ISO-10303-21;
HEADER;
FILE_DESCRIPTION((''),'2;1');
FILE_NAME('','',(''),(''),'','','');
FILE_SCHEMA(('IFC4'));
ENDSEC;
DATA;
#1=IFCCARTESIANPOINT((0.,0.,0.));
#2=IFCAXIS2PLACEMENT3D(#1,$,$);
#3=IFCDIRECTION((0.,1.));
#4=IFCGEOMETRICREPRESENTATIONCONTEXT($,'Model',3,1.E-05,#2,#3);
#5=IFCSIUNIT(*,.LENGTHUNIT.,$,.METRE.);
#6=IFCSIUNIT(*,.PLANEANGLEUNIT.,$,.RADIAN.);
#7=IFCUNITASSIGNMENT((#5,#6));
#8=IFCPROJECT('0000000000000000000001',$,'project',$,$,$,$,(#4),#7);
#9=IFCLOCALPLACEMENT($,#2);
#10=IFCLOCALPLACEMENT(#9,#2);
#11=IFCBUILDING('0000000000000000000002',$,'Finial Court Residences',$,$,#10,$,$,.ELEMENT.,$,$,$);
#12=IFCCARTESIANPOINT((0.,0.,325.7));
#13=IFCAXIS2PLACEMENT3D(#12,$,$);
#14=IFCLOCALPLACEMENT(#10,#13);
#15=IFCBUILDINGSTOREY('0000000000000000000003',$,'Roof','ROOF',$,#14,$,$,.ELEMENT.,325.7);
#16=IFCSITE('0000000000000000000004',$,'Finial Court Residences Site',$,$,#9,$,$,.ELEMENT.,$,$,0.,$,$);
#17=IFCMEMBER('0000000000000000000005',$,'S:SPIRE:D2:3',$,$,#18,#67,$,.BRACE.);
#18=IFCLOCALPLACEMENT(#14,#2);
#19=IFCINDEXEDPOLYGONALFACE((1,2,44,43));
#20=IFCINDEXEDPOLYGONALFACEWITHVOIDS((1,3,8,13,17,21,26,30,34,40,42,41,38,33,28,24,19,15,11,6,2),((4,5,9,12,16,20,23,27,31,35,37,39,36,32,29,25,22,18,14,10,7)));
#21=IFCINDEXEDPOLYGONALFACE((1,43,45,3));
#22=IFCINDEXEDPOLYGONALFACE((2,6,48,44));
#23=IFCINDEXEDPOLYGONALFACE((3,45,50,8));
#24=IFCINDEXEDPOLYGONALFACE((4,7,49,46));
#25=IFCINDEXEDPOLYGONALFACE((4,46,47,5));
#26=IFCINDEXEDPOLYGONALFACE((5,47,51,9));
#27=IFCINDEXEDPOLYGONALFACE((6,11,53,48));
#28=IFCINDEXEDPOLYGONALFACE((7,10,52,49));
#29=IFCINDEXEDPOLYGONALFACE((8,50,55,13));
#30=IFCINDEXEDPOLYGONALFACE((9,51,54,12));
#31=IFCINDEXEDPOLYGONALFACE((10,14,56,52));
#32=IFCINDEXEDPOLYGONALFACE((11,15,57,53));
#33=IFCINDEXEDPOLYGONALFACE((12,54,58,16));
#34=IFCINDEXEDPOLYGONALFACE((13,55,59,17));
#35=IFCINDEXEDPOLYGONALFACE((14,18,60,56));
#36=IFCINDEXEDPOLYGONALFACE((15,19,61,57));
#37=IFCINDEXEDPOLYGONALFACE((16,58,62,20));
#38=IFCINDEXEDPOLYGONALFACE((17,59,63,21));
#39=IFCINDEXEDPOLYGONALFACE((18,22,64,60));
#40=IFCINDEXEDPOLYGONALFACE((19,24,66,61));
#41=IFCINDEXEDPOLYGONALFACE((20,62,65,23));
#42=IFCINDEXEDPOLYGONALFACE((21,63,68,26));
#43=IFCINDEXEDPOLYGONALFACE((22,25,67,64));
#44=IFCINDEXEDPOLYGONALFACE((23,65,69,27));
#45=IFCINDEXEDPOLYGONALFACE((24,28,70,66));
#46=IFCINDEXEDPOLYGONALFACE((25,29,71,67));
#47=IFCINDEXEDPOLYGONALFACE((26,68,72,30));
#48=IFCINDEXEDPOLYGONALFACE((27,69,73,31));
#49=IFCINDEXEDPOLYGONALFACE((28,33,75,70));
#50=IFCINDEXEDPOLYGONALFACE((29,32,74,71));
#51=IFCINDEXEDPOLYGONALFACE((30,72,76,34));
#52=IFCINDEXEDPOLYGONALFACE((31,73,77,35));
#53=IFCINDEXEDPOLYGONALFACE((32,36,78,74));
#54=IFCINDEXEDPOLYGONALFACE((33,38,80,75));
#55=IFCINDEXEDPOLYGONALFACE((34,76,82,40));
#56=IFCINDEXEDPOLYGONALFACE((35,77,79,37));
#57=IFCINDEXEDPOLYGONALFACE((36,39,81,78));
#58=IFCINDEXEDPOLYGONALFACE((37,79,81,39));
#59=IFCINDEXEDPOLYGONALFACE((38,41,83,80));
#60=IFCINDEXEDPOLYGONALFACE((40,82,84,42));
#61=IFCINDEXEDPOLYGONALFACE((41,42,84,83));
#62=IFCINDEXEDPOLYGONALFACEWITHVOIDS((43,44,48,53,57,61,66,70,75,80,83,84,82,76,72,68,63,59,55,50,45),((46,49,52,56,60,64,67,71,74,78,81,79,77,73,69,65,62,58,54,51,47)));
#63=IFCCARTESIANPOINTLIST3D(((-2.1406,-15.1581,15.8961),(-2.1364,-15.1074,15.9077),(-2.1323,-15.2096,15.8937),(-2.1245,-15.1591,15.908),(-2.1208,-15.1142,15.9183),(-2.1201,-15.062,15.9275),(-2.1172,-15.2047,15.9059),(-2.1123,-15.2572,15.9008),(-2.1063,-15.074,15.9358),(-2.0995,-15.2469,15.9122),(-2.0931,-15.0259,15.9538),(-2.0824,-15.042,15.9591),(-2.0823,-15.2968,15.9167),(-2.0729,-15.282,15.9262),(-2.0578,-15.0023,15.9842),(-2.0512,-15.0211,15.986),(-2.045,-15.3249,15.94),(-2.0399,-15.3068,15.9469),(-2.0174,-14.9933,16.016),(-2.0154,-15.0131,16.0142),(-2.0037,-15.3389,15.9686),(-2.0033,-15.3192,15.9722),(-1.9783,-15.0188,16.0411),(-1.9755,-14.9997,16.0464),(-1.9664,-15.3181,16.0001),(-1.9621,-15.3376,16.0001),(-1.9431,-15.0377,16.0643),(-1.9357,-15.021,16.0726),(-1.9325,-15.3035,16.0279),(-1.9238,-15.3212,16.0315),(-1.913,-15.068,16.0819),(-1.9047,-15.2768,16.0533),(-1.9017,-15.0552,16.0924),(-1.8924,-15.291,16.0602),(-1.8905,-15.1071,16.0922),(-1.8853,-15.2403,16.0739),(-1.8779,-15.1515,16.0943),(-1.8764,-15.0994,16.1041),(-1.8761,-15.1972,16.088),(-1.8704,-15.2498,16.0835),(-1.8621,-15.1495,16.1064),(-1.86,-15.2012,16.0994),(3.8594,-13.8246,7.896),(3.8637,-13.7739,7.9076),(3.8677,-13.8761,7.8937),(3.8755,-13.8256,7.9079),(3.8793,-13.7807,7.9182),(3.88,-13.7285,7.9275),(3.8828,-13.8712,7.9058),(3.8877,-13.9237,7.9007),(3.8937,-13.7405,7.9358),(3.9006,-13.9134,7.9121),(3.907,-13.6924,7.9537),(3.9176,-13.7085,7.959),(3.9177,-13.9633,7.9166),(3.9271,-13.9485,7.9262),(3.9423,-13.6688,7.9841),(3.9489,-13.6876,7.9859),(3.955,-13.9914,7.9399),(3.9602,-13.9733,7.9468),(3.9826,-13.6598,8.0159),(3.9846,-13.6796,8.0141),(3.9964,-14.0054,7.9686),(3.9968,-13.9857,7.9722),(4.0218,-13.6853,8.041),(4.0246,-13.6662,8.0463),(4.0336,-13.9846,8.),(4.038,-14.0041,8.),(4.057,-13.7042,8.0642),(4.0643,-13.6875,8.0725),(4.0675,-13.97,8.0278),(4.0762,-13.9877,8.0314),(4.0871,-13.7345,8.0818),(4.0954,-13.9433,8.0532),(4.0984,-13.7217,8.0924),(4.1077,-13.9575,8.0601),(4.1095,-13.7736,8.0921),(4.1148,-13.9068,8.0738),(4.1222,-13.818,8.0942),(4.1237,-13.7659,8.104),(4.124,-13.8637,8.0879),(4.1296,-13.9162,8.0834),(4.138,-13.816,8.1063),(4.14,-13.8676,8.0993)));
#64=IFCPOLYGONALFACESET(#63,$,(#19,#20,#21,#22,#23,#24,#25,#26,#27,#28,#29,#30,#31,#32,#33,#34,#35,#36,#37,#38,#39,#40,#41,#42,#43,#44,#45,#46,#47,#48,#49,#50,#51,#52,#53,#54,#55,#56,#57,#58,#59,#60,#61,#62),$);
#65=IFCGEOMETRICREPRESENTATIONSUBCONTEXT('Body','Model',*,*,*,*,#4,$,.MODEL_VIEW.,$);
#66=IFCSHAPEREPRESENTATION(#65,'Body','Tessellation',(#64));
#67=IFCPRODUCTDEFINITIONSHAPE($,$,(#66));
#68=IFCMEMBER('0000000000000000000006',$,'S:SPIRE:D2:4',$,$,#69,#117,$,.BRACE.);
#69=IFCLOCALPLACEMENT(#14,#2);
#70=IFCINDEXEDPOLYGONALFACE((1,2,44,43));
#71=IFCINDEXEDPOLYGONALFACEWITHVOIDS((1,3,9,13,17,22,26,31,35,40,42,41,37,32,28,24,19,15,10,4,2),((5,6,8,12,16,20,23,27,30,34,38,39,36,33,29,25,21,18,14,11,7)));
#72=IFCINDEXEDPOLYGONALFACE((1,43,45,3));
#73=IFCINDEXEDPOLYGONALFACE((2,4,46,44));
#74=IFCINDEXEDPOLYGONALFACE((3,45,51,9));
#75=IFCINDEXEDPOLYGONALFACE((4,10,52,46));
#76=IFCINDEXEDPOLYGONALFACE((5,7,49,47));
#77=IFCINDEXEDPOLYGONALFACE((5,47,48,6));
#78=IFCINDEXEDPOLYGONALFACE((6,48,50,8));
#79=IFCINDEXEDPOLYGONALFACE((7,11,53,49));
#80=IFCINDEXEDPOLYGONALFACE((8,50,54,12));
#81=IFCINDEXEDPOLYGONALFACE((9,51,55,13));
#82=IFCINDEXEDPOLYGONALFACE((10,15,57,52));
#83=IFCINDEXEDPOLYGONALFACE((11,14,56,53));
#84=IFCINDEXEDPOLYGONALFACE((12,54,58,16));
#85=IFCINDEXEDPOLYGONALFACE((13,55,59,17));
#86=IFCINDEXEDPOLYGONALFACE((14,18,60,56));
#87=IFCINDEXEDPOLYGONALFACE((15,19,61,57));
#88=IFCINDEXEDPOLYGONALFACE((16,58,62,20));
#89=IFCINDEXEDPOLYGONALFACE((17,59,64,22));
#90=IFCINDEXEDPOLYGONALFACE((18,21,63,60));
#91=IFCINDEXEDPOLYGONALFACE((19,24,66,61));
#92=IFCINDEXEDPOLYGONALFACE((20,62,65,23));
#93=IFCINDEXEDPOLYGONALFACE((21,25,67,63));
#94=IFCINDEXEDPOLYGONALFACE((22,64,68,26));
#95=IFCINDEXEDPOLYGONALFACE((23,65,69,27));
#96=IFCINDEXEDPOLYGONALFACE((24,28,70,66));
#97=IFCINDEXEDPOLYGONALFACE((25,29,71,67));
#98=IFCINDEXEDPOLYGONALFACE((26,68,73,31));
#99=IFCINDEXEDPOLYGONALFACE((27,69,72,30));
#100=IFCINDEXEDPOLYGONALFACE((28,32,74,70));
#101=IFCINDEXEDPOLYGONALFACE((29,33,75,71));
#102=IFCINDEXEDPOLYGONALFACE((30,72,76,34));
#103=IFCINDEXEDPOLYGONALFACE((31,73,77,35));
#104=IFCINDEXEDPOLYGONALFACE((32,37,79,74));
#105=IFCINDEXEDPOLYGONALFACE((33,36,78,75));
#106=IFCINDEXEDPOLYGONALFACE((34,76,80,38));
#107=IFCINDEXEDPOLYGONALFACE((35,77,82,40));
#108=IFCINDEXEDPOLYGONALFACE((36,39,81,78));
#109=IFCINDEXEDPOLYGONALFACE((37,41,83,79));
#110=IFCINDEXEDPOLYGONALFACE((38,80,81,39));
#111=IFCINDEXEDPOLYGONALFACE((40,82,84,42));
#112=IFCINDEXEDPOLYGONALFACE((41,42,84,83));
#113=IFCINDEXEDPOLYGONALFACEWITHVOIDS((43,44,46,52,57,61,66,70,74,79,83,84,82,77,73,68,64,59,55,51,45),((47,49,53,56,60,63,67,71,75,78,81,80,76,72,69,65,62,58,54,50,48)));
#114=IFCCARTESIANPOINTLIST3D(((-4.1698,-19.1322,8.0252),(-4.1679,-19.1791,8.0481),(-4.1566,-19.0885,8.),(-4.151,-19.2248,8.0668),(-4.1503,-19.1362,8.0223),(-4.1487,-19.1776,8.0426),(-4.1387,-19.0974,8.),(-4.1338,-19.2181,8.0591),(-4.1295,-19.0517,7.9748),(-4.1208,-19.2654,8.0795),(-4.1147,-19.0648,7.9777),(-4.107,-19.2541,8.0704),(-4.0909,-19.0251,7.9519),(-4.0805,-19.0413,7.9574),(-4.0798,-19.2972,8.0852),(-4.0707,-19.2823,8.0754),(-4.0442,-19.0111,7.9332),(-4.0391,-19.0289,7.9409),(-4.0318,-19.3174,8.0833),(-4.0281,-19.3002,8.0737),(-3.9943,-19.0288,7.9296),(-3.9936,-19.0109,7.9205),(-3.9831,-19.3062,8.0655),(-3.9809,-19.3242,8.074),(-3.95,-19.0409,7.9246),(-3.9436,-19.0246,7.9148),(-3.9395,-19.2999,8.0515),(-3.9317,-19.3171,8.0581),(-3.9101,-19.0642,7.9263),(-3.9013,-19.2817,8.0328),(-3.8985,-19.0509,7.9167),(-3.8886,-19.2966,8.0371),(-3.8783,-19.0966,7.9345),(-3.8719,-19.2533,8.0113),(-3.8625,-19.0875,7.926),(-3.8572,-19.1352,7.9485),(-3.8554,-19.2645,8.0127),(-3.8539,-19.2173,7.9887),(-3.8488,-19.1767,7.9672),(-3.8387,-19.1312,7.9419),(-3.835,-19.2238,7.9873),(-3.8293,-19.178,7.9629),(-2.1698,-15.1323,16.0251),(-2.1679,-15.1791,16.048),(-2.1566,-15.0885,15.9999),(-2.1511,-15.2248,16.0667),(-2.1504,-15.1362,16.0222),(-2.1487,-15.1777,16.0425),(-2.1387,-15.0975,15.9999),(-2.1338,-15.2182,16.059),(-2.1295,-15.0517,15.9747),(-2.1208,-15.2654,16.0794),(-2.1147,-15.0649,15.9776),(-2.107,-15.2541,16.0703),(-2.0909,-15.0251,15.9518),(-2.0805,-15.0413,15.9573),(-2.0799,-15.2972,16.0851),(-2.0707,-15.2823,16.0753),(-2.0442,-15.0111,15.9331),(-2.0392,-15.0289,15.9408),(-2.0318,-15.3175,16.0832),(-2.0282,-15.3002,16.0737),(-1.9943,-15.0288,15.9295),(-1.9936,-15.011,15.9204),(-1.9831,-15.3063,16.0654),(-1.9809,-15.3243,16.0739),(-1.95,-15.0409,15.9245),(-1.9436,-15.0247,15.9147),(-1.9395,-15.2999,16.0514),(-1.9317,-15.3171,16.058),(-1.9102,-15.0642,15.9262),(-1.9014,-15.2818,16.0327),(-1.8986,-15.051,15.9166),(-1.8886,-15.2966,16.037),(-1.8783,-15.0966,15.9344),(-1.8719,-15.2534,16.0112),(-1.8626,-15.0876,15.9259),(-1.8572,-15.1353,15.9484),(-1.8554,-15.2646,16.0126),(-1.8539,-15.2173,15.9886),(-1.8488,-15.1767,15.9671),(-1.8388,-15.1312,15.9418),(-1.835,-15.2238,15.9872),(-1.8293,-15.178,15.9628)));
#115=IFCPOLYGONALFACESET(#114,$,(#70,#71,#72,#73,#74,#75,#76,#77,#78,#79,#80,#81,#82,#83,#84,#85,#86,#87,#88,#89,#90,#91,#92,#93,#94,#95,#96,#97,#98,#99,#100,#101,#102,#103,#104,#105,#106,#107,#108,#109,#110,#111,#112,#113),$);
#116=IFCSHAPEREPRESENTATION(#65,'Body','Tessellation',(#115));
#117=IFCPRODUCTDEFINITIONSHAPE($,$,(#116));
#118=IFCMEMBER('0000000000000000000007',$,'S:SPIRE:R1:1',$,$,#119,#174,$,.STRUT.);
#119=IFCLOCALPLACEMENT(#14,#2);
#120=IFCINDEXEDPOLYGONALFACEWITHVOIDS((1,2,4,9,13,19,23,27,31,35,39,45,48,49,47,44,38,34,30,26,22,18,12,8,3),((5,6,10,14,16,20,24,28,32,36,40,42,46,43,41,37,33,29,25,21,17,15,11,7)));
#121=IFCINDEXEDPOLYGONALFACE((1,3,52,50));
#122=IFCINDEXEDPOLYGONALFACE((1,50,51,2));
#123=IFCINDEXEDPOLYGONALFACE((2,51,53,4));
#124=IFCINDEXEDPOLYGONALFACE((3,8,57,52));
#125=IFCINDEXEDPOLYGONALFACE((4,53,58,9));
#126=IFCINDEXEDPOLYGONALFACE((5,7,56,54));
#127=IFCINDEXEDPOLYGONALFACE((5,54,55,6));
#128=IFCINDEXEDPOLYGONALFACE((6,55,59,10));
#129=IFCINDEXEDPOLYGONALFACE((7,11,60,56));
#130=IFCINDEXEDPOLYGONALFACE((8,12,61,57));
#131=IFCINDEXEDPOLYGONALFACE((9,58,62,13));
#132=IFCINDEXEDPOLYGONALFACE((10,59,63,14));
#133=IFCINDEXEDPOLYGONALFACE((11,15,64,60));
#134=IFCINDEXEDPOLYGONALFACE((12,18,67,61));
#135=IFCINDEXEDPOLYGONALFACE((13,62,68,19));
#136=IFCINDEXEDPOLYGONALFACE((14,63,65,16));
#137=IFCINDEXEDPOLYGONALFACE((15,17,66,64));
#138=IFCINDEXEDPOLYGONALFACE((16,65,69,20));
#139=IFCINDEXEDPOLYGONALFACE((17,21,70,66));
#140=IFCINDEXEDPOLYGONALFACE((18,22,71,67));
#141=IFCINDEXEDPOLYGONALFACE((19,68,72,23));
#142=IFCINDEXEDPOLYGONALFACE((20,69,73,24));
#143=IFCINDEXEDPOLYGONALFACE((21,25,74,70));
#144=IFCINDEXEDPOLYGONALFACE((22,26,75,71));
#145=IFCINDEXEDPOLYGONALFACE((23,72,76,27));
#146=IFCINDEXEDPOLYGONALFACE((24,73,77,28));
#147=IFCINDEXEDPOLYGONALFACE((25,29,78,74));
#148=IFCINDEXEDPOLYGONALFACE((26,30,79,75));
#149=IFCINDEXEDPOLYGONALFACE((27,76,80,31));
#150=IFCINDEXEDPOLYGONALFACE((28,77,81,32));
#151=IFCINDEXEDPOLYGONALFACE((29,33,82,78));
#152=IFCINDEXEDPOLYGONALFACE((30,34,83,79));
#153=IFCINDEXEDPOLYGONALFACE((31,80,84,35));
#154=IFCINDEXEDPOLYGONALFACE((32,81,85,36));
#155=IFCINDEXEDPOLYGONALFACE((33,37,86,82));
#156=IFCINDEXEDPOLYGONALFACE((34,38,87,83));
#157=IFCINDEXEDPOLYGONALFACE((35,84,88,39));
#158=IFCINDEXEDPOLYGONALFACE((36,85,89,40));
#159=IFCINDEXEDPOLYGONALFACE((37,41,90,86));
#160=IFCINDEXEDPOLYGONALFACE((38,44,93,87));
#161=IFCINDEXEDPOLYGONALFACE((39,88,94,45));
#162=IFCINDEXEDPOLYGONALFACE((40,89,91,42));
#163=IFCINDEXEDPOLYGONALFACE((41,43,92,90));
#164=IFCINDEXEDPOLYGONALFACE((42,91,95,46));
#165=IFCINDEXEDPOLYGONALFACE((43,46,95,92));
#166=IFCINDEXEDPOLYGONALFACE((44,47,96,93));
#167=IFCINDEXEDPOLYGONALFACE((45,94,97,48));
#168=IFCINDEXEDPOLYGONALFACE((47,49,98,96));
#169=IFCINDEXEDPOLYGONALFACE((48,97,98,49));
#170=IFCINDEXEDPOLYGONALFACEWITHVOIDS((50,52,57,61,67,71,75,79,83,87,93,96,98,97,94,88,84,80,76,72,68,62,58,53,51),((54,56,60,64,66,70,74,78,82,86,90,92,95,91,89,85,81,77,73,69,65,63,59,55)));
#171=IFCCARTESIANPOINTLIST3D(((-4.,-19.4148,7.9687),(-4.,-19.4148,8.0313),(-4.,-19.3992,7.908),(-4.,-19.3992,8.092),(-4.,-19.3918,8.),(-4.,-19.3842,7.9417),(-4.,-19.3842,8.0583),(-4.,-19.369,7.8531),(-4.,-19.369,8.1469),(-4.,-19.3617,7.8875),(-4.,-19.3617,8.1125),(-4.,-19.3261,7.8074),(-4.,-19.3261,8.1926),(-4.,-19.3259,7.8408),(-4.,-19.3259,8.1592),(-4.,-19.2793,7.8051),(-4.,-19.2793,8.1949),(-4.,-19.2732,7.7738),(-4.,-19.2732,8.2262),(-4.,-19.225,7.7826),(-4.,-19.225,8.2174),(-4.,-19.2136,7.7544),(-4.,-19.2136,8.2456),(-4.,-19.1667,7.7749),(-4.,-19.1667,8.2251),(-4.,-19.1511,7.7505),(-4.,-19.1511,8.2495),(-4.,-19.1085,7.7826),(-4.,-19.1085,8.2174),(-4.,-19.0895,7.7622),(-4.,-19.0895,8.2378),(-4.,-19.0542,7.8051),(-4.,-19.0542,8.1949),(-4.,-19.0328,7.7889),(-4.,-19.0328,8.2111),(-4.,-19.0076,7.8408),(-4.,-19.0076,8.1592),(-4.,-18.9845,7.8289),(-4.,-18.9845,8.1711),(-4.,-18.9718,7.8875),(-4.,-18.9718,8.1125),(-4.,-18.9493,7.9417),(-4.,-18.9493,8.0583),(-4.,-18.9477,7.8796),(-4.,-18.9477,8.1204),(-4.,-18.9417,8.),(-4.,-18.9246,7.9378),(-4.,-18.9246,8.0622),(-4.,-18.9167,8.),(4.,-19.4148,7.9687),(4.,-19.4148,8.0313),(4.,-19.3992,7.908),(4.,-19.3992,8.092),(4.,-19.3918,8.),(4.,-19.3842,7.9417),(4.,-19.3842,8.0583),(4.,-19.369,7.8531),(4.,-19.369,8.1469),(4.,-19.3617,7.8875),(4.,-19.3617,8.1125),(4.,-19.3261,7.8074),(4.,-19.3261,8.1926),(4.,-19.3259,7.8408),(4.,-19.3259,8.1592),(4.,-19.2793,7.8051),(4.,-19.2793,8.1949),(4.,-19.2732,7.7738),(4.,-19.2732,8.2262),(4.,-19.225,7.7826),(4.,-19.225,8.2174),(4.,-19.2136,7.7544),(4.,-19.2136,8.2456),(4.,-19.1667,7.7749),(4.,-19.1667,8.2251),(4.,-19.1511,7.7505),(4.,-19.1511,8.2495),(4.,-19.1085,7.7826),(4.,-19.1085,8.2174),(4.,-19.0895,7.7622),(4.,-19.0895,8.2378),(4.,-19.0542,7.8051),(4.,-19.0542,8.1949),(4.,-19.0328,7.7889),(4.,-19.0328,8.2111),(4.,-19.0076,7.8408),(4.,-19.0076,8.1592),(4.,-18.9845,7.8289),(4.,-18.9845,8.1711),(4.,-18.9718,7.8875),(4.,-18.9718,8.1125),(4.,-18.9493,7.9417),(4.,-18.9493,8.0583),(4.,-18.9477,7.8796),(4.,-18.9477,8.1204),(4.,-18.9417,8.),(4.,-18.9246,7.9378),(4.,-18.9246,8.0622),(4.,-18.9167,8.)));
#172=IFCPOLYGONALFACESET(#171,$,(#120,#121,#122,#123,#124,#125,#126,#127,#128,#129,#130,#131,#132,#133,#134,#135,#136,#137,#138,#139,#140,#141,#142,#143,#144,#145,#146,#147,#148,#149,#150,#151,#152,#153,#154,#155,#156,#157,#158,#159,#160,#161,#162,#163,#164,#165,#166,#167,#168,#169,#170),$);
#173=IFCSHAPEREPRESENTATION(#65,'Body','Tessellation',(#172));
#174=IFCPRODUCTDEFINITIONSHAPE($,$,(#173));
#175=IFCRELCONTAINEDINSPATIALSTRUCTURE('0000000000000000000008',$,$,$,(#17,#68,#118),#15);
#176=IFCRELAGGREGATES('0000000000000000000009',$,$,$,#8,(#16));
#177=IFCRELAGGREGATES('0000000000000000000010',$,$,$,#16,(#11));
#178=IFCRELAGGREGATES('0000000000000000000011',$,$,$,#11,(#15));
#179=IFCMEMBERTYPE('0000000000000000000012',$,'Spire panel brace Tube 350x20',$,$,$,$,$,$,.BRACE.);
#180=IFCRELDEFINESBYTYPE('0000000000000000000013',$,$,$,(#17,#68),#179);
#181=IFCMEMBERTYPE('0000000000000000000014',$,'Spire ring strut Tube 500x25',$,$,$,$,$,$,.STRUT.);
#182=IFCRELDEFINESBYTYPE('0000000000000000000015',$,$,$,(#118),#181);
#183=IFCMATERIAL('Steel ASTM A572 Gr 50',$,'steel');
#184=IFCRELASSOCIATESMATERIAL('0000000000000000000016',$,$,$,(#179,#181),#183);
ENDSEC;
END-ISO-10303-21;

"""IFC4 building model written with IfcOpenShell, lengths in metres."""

from ifc_helpers import new_model, si_unit, direction, frame, origin, origin_2d, place, context, subcontext, project, spatial, hollow_circle, extrude, material, material_profile, profile_set, type_object, element, save


model = new_model("IFC4")

# Units and contexts
model_context = context("Model", 3, precision=1e-05, world=origin(), true_north=direction((0.0, 1.0)))
body_context = subcontext(model_context, "Body", "Model", "MODEL_VIEW")
ifc_project = project(units=[si_unit("LENGTHUNIT", "METRE"), si_unit("PLANEANGLEUNIT", "RADIAN")], contexts=[model_context])

# Site, building, storey
site_placement = place(None, origin())
site = spatial("IfcSite", under=ifc_project, at=site_placement, Name="Finial Court Residences Site", CompositionType="ELEMENT", RefElevation=0.0)
building_placement = place(site_placement, origin())
building = spatial("IfcBuilding", under=site, at=building_placement, Name="Finial Court Residences", CompositionType="ELEMENT")
storey_placement = place(building_placement, frame((0.0, 0.0, 325.7)))
storey = spatial("IfcBuildingStorey", under=building, at=storey_placement, Name="Roof", Description="ROOF", CompositionType="ELEMENT", Elevation=325.7)

# Members
ifc_material = material(Name="Steel ASTM A572 Gr 50", Category="steel")
ifc_material_profile_1 = material_profile(ifc_material, hollow_circle(Radius=0.175, WallThickness=0.02, at=origin_2d()), Name="Tube 350x20")
ifc_profile_set_1 = profile_set([ifc_material_profile_1], Name="Steel ASTM A572 Gr 50")
member_type_1 = type_object("IfcMemberType", Name="Spire panel brace Tube 350x20", PredefinedType="BRACE", material=ifc_profile_set_1)
member_1_placement = place(storey_placement, frame((4.0, -13.8333, 8.0), z_axis=(-0.594735, -0.13218, 0.792981), x_axis=(0.216956, -0.976181, 0.0)))
element("IfcMember", 1, at=member_1_placement, inside=storey, type_object=member_type_1, Name="S:SPIRE:D2:3", PredefinedType="BRACE", context=body_context, shape_type="SweptSolid", body=[
    extrude(hollow_circle(Radius=0.175, WallThickness=0.02, at=origin_2d()), origin(), (0.0, 0.0, 1.0), 10.0886),
])
member_2_placement = place(storey_placement, frame((-4.0, -19.1667, 8.0), z_axis=(0.218218, 0.436436, 0.872872), x_axis=(-0.894427, 0.447214, 0.0)))
element("IfcMember", 2, at=member_2_placement, inside=storey, type_object=member_type_1, Name="S:SPIRE:D2:4", PredefinedType="BRACE", context=body_context, shape_type="SweptSolid", body=[
    extrude(hollow_circle(Radius=0.175, WallThickness=0.02, at=origin_2d()), origin(), (0.0, 0.0, 1.0), 9.165),
])
ifc_material_profile_2 = material_profile(ifc_material, hollow_circle(Radius=0.25, WallThickness=0.0249, at=origin_2d()), Name="Tube 500x25")
ifc_profile_set_2 = profile_set([ifc_material_profile_2], Name="Steel ASTM A572 Gr 50")
member_type_2 = type_object("IfcMemberType", Name="Spire ring strut Tube 500x25", PredefinedType="STRUT", material=ifc_profile_set_2)
member_3_placement = place(storey_placement, frame((-4.0, -19.1667, 8.0), z_axis=(1.0, 0.0, 0.0), x_axis=(0.0, 1.0, 0.0)))
element("IfcMember", 3, at=member_3_placement, inside=storey, type_object=member_type_2, Name="S:SPIRE:R1:1", PredefinedType="STRUT", context=body_context, shape_type="SweptSolid", body=[
    extrude(hollow_circle(Radius=0.25, WallThickness=0.0249, at=origin_2d()), origin(), (0.0, 0.0, 1.0), 8.0),
])

save(model, "model.ifc")
